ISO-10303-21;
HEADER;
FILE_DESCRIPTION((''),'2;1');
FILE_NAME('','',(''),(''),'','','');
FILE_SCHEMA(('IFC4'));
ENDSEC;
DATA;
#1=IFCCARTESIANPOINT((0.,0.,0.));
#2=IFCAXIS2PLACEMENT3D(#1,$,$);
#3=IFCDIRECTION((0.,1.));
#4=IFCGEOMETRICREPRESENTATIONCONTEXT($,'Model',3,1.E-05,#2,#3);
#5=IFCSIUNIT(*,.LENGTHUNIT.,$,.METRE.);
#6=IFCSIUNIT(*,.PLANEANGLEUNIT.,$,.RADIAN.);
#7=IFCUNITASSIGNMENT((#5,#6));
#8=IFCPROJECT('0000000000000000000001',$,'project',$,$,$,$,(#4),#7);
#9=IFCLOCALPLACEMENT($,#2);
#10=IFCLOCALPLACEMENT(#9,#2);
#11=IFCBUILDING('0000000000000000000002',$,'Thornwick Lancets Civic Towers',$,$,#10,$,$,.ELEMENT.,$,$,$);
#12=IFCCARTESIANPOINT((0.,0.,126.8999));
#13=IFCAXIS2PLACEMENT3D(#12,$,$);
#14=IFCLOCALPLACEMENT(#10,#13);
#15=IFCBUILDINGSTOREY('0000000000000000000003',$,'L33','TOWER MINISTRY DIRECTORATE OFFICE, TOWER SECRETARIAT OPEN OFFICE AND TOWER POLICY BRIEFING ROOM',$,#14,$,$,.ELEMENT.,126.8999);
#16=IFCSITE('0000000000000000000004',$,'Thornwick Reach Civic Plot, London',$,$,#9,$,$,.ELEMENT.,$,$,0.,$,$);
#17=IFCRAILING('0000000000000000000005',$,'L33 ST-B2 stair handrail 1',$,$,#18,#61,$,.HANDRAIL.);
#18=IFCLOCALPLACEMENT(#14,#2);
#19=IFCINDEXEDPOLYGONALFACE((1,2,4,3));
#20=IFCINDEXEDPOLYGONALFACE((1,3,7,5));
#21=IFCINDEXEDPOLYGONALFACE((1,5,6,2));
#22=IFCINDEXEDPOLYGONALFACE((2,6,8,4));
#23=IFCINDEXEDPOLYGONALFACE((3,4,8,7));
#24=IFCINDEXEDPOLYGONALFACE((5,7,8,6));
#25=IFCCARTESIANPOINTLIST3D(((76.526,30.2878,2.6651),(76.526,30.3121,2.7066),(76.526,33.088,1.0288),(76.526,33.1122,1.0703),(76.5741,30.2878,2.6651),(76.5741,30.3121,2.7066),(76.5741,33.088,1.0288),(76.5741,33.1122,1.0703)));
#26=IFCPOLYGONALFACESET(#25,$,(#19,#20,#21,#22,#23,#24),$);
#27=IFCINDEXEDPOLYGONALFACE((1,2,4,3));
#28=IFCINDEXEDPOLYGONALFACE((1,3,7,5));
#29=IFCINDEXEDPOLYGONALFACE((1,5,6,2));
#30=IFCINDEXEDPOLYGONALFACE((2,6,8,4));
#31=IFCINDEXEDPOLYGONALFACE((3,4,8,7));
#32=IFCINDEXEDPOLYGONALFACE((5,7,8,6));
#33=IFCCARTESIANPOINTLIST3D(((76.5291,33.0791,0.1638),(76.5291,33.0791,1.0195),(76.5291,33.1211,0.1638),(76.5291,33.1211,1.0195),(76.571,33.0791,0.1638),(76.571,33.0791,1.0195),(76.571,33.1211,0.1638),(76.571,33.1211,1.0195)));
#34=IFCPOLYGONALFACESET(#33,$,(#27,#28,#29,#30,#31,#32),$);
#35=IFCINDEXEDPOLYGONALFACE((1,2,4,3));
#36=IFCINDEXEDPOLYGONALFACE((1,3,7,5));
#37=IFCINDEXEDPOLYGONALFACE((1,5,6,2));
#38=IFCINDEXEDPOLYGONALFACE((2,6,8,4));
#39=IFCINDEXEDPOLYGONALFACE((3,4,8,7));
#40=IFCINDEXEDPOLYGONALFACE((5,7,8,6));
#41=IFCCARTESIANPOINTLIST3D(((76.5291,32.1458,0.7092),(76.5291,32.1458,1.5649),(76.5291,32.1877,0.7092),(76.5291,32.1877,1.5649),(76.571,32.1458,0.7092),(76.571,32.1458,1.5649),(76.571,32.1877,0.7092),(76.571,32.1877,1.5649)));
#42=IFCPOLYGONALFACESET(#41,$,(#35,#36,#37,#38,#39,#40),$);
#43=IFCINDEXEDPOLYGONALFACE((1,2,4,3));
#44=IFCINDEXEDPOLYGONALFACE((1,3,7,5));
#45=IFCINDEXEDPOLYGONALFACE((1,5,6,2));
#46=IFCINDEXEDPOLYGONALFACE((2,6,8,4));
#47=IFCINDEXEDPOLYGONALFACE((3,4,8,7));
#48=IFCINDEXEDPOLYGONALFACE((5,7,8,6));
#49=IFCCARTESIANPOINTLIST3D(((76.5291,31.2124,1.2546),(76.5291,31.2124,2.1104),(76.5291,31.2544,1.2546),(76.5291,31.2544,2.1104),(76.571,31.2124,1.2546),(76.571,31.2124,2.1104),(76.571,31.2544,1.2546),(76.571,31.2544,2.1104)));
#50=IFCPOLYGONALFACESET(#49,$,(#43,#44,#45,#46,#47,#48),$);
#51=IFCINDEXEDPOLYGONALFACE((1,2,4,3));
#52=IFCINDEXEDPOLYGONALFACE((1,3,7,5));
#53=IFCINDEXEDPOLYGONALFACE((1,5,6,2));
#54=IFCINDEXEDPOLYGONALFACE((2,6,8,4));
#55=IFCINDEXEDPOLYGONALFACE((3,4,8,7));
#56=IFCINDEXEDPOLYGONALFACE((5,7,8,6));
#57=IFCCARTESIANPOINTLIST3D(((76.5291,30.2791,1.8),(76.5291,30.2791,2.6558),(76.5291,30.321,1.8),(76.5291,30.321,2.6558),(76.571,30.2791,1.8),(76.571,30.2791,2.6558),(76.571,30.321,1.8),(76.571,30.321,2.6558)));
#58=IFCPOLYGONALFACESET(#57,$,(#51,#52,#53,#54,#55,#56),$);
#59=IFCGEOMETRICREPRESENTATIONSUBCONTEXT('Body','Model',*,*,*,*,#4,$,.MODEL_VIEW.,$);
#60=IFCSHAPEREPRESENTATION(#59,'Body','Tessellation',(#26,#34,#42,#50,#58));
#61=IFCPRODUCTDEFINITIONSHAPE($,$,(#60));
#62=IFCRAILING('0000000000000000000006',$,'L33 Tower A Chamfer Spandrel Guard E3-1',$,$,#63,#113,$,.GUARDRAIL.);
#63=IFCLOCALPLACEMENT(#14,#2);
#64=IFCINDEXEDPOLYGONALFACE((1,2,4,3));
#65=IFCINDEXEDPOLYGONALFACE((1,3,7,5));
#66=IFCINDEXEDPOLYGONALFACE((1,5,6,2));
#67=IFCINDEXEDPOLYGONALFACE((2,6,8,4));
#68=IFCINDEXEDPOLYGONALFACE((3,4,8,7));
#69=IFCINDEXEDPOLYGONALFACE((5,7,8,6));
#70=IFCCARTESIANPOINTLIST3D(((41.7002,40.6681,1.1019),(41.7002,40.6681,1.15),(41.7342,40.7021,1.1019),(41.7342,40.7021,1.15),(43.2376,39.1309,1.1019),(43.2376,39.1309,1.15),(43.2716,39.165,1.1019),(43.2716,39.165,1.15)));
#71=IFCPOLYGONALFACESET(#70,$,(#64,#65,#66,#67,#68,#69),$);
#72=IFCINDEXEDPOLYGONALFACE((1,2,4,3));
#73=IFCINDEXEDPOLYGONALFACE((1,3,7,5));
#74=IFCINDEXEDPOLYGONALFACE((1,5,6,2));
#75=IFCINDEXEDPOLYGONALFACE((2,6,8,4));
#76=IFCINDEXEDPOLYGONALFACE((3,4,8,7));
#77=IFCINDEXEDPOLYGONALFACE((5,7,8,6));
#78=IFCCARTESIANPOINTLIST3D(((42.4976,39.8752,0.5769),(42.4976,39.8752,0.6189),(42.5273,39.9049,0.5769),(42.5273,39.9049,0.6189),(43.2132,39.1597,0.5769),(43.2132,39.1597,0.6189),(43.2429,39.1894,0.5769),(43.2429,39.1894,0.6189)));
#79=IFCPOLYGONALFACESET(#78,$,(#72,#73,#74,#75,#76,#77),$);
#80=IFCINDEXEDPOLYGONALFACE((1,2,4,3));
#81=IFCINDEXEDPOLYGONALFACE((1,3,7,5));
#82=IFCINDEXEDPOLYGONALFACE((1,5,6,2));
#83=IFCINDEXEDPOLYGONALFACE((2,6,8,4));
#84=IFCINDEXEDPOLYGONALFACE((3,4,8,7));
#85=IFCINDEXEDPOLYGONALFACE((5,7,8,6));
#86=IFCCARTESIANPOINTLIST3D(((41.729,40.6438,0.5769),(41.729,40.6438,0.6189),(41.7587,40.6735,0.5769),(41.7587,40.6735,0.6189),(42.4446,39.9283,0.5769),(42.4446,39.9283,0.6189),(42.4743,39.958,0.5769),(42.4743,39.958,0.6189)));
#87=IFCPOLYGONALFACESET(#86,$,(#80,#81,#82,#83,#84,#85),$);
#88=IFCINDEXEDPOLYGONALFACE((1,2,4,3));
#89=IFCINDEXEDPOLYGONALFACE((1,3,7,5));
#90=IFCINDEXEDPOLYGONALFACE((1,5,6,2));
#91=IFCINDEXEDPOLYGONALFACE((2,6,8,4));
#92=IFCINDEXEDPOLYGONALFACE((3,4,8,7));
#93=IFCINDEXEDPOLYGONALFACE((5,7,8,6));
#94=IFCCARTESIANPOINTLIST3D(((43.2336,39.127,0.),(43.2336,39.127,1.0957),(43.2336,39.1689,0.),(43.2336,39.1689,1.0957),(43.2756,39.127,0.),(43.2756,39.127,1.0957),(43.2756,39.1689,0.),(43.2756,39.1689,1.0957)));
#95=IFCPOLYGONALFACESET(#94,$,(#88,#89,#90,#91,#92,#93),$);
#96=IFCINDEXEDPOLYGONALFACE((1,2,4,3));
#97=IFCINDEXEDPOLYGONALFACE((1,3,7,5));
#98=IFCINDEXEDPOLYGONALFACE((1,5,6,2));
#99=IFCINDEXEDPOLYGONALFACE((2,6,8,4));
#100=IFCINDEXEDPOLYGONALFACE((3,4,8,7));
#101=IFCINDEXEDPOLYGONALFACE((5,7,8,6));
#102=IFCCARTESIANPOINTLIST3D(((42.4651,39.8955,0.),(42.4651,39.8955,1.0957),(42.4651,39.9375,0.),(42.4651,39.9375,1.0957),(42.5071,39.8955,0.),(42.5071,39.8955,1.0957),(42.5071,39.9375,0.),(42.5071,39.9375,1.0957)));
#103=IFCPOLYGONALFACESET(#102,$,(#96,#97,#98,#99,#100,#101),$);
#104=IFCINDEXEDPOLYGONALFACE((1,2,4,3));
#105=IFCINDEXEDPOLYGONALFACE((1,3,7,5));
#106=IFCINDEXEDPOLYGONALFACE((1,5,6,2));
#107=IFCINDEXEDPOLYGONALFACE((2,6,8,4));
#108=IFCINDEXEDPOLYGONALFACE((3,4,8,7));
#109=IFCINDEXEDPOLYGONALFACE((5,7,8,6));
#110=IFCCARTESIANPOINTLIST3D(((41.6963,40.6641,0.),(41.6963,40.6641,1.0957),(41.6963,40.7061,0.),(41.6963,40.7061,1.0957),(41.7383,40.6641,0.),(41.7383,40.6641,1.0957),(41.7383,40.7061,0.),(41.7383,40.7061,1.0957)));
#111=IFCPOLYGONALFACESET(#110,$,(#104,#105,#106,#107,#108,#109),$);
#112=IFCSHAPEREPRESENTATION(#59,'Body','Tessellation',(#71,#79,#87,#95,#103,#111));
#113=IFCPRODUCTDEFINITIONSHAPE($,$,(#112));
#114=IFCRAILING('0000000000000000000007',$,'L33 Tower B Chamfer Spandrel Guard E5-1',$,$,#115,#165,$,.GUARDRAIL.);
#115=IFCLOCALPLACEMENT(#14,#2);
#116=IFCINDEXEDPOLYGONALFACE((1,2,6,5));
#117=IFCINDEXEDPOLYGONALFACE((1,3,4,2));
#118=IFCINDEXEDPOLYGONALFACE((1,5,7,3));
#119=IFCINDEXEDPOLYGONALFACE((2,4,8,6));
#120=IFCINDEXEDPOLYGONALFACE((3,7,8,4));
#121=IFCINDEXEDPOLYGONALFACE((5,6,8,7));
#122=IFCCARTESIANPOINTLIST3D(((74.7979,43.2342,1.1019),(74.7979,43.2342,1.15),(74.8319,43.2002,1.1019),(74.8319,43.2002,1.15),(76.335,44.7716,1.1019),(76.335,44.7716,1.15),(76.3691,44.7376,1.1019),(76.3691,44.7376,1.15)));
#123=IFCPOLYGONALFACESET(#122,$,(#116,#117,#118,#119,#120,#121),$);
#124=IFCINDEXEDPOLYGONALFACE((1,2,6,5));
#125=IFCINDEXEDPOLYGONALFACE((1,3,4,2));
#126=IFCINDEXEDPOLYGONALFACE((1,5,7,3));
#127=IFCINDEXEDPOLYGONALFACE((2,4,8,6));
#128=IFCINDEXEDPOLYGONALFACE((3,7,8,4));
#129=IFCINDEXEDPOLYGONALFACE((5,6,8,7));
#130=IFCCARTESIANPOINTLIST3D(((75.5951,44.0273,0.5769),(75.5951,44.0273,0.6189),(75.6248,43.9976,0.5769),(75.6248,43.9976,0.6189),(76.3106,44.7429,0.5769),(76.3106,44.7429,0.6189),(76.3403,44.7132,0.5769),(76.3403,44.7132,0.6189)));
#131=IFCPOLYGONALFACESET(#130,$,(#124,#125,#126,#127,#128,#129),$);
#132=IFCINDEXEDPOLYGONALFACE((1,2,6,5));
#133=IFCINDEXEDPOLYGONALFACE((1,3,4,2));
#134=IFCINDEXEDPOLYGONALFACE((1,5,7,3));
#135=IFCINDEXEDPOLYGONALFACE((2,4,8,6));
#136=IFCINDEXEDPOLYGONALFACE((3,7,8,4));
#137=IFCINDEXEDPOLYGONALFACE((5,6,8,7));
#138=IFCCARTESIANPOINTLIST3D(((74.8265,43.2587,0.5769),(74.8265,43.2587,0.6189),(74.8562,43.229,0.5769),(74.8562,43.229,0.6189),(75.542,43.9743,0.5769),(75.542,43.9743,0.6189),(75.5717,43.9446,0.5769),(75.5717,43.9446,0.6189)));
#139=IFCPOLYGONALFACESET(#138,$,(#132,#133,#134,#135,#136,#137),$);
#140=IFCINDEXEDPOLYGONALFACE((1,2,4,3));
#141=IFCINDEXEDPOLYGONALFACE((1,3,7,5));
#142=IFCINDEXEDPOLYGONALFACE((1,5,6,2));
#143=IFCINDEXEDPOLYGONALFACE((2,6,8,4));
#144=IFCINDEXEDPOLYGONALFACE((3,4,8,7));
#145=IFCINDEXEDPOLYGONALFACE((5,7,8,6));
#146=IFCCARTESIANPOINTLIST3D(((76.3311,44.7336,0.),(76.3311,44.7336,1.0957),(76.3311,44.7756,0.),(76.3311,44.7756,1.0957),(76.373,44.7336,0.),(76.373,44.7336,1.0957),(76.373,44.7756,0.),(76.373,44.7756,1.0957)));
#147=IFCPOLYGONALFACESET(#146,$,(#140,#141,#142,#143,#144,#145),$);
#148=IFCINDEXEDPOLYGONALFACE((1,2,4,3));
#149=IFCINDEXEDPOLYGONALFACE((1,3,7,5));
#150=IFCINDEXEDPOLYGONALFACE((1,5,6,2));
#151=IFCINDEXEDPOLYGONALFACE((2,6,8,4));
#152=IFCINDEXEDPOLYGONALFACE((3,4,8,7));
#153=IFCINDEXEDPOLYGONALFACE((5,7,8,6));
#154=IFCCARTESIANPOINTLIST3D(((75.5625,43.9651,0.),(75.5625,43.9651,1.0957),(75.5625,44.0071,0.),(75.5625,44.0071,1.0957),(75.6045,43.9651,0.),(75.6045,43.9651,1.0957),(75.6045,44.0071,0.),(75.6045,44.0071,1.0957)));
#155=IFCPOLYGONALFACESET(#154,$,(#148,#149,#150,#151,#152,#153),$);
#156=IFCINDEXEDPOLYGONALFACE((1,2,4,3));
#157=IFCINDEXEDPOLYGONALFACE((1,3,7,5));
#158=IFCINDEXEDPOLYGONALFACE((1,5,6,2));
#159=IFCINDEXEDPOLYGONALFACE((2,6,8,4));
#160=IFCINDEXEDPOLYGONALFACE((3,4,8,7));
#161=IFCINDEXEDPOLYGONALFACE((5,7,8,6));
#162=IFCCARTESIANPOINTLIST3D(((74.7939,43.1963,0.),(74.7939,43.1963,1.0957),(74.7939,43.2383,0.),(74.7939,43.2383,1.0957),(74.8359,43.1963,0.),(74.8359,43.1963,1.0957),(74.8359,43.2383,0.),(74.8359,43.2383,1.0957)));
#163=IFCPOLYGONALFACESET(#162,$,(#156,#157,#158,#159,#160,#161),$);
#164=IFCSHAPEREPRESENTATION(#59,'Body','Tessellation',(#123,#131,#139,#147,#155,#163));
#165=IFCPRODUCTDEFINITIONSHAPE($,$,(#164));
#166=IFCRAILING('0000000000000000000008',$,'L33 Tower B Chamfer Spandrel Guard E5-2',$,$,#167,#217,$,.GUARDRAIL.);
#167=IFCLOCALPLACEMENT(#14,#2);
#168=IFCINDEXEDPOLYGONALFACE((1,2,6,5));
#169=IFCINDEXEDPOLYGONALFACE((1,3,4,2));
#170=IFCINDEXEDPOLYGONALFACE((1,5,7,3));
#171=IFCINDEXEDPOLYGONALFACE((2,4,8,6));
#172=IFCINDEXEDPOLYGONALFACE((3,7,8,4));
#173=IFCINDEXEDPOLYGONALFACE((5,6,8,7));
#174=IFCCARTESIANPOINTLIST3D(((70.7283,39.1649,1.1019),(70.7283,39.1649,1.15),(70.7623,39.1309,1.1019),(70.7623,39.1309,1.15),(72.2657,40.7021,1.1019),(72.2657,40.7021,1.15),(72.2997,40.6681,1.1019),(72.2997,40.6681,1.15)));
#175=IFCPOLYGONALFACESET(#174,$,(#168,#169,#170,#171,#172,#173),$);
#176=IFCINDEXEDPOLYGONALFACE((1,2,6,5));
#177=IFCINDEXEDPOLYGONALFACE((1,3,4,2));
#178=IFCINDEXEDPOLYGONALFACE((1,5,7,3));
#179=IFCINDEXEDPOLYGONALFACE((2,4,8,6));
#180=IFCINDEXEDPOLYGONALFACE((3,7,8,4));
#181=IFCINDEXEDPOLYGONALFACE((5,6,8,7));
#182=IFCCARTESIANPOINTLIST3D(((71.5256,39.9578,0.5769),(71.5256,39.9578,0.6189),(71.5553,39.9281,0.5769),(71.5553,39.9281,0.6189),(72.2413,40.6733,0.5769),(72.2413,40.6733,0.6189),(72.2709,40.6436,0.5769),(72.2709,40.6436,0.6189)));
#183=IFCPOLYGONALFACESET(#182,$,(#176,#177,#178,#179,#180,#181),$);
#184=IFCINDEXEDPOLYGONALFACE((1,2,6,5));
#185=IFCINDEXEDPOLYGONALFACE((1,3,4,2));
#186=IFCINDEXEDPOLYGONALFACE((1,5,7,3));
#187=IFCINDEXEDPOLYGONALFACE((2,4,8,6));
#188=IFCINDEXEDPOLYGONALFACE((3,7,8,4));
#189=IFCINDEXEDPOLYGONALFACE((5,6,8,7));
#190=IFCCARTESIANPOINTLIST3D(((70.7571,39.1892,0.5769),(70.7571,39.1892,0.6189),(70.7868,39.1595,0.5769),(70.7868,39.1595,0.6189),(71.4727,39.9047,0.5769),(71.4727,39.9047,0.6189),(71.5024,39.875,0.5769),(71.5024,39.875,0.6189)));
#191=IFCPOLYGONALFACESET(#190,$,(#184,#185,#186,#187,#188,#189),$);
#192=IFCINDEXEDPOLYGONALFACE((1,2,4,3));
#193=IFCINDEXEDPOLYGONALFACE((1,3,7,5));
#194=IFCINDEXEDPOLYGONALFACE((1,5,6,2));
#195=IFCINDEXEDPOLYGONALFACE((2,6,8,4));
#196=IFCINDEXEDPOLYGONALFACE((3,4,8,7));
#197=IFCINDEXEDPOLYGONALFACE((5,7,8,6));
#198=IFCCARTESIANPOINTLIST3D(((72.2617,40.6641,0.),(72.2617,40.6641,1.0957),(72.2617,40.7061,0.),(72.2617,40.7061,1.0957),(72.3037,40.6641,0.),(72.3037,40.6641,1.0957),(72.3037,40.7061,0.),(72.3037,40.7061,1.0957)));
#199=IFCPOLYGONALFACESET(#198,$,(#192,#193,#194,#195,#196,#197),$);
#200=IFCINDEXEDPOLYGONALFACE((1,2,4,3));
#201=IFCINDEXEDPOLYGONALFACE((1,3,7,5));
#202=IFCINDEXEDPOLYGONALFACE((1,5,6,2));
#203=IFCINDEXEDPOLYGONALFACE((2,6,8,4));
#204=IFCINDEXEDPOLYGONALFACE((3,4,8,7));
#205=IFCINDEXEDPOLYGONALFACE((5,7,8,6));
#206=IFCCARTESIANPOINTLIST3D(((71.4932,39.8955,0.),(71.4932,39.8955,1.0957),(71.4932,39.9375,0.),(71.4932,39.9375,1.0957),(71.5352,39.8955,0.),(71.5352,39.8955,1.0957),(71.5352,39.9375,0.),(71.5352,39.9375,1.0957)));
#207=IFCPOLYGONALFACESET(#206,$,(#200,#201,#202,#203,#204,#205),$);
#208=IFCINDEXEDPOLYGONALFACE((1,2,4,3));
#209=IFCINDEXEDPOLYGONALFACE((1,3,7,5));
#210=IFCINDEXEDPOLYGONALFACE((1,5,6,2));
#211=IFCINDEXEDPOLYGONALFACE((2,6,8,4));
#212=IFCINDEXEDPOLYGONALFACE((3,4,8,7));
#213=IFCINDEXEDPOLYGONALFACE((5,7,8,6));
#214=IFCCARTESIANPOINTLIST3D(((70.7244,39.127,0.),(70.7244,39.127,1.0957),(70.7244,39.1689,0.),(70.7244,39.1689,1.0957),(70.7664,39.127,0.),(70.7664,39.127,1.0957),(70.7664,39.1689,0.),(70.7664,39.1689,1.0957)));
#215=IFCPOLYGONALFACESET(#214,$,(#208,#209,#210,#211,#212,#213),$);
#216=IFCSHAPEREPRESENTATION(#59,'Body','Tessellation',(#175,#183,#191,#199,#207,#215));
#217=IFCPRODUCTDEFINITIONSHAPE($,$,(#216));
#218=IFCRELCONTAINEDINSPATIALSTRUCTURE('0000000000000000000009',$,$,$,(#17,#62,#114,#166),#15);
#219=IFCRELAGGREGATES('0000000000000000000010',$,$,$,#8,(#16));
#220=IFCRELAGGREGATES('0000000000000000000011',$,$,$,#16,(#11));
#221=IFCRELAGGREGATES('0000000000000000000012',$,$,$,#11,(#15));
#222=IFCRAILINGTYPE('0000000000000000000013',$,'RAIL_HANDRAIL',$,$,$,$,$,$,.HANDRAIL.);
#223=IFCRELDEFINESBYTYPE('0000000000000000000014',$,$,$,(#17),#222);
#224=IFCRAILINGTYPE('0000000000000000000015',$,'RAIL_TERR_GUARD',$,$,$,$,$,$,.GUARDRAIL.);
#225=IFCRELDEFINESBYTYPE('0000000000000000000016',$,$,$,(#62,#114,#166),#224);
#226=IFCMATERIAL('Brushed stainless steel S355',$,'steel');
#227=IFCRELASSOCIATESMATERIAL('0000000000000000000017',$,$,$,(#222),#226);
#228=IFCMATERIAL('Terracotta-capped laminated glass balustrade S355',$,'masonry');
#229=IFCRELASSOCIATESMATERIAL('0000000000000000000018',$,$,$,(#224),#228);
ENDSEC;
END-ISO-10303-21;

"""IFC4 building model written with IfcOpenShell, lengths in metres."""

from ifc_helpers import new_model, si_unit, direction, frame, origin, origin_2d, place, context, subcontext, project, spatial, rectangle, extrude, material, type_object, element, save


model = new_model("IFC4")

# Units and contexts
model_context = context("Model", 3, precision=1e-05, world=origin(), true_north=direction((0.0, 1.0)))
body_context = subcontext(model_context, "Body", "Model", "MODEL_VIEW")
ifc_project = project(units=[si_unit("LENGTHUNIT", "METRE"), si_unit("PLANEANGLEUNIT", "RADIAN")], contexts=[model_context])

# Site, building, storey
site_placement = place(None, origin())
site = spatial("IfcSite", under=ifc_project, at=site_placement, Name="Thornwick Reach Civic Plot, London", CompositionType="ELEMENT", RefElevation=0.0)
building_placement = place(site_placement, origin())
building = spatial("IfcBuilding", under=site, at=building_placement, Name="Thornwick Lancets Civic Towers", CompositionType="ELEMENT")
storey_placement = place(building_placement, frame((0.0, 0.0, 126.8999)))
storey = spatial("IfcBuildingStorey", under=building, at=storey_placement, Name="L33", Description="TOWER MINISTRY DIRECTORATE OFFICE, TOWER SECRETARIAT OPEN OFFICE AND TOWER POLICY BRIEFING ROOM", CompositionType="ELEMENT", Elevation=126.8999)

# Railings
ifc_material_1 = material(Name="Brushed stainless steel S355", Category="steel")
railing_type_1 = type_object("IfcRailingType", Name="RAIL_HANDRAIL", PredefinedType="HANDRAIL", material=ifc_material_1)
railing_1_placement = place(storey_placement, frame((76.55, 33.1001, 0.1638)))
element("IfcRailing", 1, at=railing_1_placement, inside=storey, type_object=railing_type_1, Name="L33 ST-B2 stair handrail 1", PredefinedType="HANDRAIL", context=body_context, shape_type="SweptSolid", body=[
    extrude(rectangle(XDim=0.0481, YDim=0.0481, at=origin_2d()), frame((0.0, 0.0, 0.8857), z_axis=(0.0, -0.863394, 0.504531), x_axis=(1.0, 0.0, 0.0)), (0.0, 0.0, 1.0), 3.2432),
    extrude(rectangle(XDim=0.042, YDim=0.042, at=origin_2d()), origin(), (0.0, 0.0, 1.0), 0.8557),
    extrude(rectangle(XDim=0.042, YDim=0.042, at=origin_2d()), frame((0.0, -0.9333, 0.5454)), (0.0, 0.0, 1.0), 0.8557),
    extrude(rectangle(XDim=0.042, YDim=0.042, at=origin_2d()), frame((0.0, -1.8667, 1.0908)), (0.0, 0.0, 1.0), 0.8557),
    extrude(rectangle(XDim=0.042, YDim=0.042, at=origin_2d()), frame((0.0, -2.8, 1.6362)), (0.0, 0.0, 1.0), 0.8557),
])
ifc_material_2 = material(Name="Terracotta-capped laminated glass balustrade S355", Category="masonry")
railing_type_2 = type_object("IfcRailingType", Name="RAIL_TERR_GUARD", PredefinedType="GUARDRAIL", material=ifc_material_2)
railing_2_placement = place(storey_placement, frame((43.2546, 39.1479, 0.0)))
element("IfcRailing", 2, at=railing_2_placement, inside=storey, type_object=railing_type_2, Name="L33 Tower A Chamfer Spandrel Guard E3-1", PredefinedType="GUARDRAIL", context=body_context, shape_type="SweptSolid", body=[
    extrude(rectangle(XDim=0.0481, YDim=0.0481, at=origin_2d()), frame((0.0, 0.0, 1.126), z_axis=(-0.707163, 0.707051, 0.0), x_axis=(-0.707051, -0.707163, 0.0)), (0.0, 0.0, 1.0), 2.1741),
    extrude(rectangle(XDim=0.042, YDim=0.042, at=origin_2d()), frame((-0.0266, 0.0266, 0.5979), z_axis=(-0.707163, 0.707051, 0.0), x_axis=(-0.707051, -0.707163, 0.0)), (0.0, 0.0, 1.0), 1.012),
    extrude(rectangle(XDim=0.042, YDim=0.042, at=origin_2d()), frame((-0.7952, 0.7952, 0.5979), z_axis=(-0.707163, 0.707051, 0.0), x_axis=(-0.707051, -0.707163, 0.0)), (0.0, 0.0, 1.0), 1.012),
    extrude(rectangle(XDim=0.042, YDim=0.042, at=origin_2d()), origin(), (0.0, 0.0, 1.0), 1.0957),
    extrude(rectangle(XDim=0.042, YDim=0.042, at=origin_2d()), frame((-0.7686, 0.7686, 0.0)), (0.0, 0.0, 1.0), 1.0957),
    extrude(rectangle(XDim=0.042, YDim=0.042, at=origin_2d()), frame((-1.5374, 1.5371, 0.0)), (0.0, 0.0, 1.0), 1.0957),
])
railing_3_placement = place(storey_placement, frame((76.3521, 44.7546, 0.0)))
element("IfcRailing", 3, at=railing_3_placement, inside=storey, type_object=railing_type_2, Name="L33 Tower B Chamfer Spandrel Guard E5-1", PredefinedType="GUARDRAIL", context=body_context, shape_type="SweptSolid", body=[
    extrude(rectangle(XDim=0.0481, YDim=0.0481, at=origin_2d()), frame((0.0, 0.0, 1.126), z_axis=(-0.707051, -0.707163, 0.0), x_axis=(0.707163, -0.707051, 0.0)), (0.0, 0.0, 1.0), 2.1741),
    extrude(rectangle(XDim=0.042, YDim=0.042, at=origin_2d()), frame((-0.0266, -0.0266, 0.5979), z_axis=(-0.707051, -0.707163, 0.0), x_axis=(0.707163, -0.707051, 0.0)), (0.0, 0.0, 1.0), 1.012),
    extrude(rectangle(XDim=0.042, YDim=0.042, at=origin_2d()), frame((-0.7952, -0.7952, 0.5979), z_axis=(-0.707051, -0.707163, 0.0), x_axis=(0.707163, -0.707051, 0.0)), (0.0, 0.0, 1.0), 1.012),
    extrude(rectangle(XDim=0.042, YDim=0.042, at=origin_2d()), origin(), (0.0, 0.0, 1.0), 1.0957),
    extrude(rectangle(XDim=0.042, YDim=0.042, at=origin_2d()), frame((-0.7686, -0.7686, 0.0)), (0.0, 0.0, 1.0), 1.0957),
    extrude(rectangle(XDim=0.042, YDim=0.042, at=origin_2d()), frame((-1.5371, -1.5374, 0.0)), (0.0, 0.0, 1.0), 1.0957),
])
railing_4_placement = place(storey_placement, frame((72.2827, 40.6851, 0.0)))
element("IfcRailing", 4, at=railing_4_placement, inside=storey, type_object=railing_type_2, Name="L33 Tower B Chamfer Spandrel Guard E5-2", PredefinedType="GUARDRAIL", context=body_context, shape_type="SweptSolid", body=[
    extrude(rectangle(XDim=0.0481, YDim=0.0481, at=origin_2d()), frame((0.0, 0.0, 1.126), z_axis=(-0.707163, -0.707051, 0.0), x_axis=(0.707051, -0.707163, 0.0)), (0.0, 0.0, 1.0), 2.1741),
    extrude(rectangle(XDim=0.042, YDim=0.042, at=origin_2d()), frame((-0.0266, -0.0266, 0.5979), z_axis=(-0.707163, -0.707051, 0.0), x_axis=(0.707051, -0.707163, 0.0)), (0.0, 0.0, 1.0), 1.012),
    extrude(rectangle(XDim=0.042, YDim=0.042, at=origin_2d()), frame((-0.7952, -0.7952, 0.5979), z_axis=(-0.707163, -0.707051, 0.0), x_axis=(0.707051, -0.707163, 0.0)), (0.0, 0.0, 1.0), 1.012),
    extrude(rectangle(XDim=0.042, YDim=0.042, at=origin_2d()), origin(), (0.0, 0.0, 1.0), 1.0957),
    extrude(rectangle(XDim=0.042, YDim=0.042, at=origin_2d()), frame((-0.7686, -0.7686, 0.0)), (0.0, 0.0, 1.0), 1.0957),
    extrude(rectangle(XDim=0.042, YDim=0.042, at=origin_2d()), frame((-1.5374, -1.5371, 0.0)), (0.0, 0.0, 1.0), 1.0957),
])

save(model, "model.ifc")
